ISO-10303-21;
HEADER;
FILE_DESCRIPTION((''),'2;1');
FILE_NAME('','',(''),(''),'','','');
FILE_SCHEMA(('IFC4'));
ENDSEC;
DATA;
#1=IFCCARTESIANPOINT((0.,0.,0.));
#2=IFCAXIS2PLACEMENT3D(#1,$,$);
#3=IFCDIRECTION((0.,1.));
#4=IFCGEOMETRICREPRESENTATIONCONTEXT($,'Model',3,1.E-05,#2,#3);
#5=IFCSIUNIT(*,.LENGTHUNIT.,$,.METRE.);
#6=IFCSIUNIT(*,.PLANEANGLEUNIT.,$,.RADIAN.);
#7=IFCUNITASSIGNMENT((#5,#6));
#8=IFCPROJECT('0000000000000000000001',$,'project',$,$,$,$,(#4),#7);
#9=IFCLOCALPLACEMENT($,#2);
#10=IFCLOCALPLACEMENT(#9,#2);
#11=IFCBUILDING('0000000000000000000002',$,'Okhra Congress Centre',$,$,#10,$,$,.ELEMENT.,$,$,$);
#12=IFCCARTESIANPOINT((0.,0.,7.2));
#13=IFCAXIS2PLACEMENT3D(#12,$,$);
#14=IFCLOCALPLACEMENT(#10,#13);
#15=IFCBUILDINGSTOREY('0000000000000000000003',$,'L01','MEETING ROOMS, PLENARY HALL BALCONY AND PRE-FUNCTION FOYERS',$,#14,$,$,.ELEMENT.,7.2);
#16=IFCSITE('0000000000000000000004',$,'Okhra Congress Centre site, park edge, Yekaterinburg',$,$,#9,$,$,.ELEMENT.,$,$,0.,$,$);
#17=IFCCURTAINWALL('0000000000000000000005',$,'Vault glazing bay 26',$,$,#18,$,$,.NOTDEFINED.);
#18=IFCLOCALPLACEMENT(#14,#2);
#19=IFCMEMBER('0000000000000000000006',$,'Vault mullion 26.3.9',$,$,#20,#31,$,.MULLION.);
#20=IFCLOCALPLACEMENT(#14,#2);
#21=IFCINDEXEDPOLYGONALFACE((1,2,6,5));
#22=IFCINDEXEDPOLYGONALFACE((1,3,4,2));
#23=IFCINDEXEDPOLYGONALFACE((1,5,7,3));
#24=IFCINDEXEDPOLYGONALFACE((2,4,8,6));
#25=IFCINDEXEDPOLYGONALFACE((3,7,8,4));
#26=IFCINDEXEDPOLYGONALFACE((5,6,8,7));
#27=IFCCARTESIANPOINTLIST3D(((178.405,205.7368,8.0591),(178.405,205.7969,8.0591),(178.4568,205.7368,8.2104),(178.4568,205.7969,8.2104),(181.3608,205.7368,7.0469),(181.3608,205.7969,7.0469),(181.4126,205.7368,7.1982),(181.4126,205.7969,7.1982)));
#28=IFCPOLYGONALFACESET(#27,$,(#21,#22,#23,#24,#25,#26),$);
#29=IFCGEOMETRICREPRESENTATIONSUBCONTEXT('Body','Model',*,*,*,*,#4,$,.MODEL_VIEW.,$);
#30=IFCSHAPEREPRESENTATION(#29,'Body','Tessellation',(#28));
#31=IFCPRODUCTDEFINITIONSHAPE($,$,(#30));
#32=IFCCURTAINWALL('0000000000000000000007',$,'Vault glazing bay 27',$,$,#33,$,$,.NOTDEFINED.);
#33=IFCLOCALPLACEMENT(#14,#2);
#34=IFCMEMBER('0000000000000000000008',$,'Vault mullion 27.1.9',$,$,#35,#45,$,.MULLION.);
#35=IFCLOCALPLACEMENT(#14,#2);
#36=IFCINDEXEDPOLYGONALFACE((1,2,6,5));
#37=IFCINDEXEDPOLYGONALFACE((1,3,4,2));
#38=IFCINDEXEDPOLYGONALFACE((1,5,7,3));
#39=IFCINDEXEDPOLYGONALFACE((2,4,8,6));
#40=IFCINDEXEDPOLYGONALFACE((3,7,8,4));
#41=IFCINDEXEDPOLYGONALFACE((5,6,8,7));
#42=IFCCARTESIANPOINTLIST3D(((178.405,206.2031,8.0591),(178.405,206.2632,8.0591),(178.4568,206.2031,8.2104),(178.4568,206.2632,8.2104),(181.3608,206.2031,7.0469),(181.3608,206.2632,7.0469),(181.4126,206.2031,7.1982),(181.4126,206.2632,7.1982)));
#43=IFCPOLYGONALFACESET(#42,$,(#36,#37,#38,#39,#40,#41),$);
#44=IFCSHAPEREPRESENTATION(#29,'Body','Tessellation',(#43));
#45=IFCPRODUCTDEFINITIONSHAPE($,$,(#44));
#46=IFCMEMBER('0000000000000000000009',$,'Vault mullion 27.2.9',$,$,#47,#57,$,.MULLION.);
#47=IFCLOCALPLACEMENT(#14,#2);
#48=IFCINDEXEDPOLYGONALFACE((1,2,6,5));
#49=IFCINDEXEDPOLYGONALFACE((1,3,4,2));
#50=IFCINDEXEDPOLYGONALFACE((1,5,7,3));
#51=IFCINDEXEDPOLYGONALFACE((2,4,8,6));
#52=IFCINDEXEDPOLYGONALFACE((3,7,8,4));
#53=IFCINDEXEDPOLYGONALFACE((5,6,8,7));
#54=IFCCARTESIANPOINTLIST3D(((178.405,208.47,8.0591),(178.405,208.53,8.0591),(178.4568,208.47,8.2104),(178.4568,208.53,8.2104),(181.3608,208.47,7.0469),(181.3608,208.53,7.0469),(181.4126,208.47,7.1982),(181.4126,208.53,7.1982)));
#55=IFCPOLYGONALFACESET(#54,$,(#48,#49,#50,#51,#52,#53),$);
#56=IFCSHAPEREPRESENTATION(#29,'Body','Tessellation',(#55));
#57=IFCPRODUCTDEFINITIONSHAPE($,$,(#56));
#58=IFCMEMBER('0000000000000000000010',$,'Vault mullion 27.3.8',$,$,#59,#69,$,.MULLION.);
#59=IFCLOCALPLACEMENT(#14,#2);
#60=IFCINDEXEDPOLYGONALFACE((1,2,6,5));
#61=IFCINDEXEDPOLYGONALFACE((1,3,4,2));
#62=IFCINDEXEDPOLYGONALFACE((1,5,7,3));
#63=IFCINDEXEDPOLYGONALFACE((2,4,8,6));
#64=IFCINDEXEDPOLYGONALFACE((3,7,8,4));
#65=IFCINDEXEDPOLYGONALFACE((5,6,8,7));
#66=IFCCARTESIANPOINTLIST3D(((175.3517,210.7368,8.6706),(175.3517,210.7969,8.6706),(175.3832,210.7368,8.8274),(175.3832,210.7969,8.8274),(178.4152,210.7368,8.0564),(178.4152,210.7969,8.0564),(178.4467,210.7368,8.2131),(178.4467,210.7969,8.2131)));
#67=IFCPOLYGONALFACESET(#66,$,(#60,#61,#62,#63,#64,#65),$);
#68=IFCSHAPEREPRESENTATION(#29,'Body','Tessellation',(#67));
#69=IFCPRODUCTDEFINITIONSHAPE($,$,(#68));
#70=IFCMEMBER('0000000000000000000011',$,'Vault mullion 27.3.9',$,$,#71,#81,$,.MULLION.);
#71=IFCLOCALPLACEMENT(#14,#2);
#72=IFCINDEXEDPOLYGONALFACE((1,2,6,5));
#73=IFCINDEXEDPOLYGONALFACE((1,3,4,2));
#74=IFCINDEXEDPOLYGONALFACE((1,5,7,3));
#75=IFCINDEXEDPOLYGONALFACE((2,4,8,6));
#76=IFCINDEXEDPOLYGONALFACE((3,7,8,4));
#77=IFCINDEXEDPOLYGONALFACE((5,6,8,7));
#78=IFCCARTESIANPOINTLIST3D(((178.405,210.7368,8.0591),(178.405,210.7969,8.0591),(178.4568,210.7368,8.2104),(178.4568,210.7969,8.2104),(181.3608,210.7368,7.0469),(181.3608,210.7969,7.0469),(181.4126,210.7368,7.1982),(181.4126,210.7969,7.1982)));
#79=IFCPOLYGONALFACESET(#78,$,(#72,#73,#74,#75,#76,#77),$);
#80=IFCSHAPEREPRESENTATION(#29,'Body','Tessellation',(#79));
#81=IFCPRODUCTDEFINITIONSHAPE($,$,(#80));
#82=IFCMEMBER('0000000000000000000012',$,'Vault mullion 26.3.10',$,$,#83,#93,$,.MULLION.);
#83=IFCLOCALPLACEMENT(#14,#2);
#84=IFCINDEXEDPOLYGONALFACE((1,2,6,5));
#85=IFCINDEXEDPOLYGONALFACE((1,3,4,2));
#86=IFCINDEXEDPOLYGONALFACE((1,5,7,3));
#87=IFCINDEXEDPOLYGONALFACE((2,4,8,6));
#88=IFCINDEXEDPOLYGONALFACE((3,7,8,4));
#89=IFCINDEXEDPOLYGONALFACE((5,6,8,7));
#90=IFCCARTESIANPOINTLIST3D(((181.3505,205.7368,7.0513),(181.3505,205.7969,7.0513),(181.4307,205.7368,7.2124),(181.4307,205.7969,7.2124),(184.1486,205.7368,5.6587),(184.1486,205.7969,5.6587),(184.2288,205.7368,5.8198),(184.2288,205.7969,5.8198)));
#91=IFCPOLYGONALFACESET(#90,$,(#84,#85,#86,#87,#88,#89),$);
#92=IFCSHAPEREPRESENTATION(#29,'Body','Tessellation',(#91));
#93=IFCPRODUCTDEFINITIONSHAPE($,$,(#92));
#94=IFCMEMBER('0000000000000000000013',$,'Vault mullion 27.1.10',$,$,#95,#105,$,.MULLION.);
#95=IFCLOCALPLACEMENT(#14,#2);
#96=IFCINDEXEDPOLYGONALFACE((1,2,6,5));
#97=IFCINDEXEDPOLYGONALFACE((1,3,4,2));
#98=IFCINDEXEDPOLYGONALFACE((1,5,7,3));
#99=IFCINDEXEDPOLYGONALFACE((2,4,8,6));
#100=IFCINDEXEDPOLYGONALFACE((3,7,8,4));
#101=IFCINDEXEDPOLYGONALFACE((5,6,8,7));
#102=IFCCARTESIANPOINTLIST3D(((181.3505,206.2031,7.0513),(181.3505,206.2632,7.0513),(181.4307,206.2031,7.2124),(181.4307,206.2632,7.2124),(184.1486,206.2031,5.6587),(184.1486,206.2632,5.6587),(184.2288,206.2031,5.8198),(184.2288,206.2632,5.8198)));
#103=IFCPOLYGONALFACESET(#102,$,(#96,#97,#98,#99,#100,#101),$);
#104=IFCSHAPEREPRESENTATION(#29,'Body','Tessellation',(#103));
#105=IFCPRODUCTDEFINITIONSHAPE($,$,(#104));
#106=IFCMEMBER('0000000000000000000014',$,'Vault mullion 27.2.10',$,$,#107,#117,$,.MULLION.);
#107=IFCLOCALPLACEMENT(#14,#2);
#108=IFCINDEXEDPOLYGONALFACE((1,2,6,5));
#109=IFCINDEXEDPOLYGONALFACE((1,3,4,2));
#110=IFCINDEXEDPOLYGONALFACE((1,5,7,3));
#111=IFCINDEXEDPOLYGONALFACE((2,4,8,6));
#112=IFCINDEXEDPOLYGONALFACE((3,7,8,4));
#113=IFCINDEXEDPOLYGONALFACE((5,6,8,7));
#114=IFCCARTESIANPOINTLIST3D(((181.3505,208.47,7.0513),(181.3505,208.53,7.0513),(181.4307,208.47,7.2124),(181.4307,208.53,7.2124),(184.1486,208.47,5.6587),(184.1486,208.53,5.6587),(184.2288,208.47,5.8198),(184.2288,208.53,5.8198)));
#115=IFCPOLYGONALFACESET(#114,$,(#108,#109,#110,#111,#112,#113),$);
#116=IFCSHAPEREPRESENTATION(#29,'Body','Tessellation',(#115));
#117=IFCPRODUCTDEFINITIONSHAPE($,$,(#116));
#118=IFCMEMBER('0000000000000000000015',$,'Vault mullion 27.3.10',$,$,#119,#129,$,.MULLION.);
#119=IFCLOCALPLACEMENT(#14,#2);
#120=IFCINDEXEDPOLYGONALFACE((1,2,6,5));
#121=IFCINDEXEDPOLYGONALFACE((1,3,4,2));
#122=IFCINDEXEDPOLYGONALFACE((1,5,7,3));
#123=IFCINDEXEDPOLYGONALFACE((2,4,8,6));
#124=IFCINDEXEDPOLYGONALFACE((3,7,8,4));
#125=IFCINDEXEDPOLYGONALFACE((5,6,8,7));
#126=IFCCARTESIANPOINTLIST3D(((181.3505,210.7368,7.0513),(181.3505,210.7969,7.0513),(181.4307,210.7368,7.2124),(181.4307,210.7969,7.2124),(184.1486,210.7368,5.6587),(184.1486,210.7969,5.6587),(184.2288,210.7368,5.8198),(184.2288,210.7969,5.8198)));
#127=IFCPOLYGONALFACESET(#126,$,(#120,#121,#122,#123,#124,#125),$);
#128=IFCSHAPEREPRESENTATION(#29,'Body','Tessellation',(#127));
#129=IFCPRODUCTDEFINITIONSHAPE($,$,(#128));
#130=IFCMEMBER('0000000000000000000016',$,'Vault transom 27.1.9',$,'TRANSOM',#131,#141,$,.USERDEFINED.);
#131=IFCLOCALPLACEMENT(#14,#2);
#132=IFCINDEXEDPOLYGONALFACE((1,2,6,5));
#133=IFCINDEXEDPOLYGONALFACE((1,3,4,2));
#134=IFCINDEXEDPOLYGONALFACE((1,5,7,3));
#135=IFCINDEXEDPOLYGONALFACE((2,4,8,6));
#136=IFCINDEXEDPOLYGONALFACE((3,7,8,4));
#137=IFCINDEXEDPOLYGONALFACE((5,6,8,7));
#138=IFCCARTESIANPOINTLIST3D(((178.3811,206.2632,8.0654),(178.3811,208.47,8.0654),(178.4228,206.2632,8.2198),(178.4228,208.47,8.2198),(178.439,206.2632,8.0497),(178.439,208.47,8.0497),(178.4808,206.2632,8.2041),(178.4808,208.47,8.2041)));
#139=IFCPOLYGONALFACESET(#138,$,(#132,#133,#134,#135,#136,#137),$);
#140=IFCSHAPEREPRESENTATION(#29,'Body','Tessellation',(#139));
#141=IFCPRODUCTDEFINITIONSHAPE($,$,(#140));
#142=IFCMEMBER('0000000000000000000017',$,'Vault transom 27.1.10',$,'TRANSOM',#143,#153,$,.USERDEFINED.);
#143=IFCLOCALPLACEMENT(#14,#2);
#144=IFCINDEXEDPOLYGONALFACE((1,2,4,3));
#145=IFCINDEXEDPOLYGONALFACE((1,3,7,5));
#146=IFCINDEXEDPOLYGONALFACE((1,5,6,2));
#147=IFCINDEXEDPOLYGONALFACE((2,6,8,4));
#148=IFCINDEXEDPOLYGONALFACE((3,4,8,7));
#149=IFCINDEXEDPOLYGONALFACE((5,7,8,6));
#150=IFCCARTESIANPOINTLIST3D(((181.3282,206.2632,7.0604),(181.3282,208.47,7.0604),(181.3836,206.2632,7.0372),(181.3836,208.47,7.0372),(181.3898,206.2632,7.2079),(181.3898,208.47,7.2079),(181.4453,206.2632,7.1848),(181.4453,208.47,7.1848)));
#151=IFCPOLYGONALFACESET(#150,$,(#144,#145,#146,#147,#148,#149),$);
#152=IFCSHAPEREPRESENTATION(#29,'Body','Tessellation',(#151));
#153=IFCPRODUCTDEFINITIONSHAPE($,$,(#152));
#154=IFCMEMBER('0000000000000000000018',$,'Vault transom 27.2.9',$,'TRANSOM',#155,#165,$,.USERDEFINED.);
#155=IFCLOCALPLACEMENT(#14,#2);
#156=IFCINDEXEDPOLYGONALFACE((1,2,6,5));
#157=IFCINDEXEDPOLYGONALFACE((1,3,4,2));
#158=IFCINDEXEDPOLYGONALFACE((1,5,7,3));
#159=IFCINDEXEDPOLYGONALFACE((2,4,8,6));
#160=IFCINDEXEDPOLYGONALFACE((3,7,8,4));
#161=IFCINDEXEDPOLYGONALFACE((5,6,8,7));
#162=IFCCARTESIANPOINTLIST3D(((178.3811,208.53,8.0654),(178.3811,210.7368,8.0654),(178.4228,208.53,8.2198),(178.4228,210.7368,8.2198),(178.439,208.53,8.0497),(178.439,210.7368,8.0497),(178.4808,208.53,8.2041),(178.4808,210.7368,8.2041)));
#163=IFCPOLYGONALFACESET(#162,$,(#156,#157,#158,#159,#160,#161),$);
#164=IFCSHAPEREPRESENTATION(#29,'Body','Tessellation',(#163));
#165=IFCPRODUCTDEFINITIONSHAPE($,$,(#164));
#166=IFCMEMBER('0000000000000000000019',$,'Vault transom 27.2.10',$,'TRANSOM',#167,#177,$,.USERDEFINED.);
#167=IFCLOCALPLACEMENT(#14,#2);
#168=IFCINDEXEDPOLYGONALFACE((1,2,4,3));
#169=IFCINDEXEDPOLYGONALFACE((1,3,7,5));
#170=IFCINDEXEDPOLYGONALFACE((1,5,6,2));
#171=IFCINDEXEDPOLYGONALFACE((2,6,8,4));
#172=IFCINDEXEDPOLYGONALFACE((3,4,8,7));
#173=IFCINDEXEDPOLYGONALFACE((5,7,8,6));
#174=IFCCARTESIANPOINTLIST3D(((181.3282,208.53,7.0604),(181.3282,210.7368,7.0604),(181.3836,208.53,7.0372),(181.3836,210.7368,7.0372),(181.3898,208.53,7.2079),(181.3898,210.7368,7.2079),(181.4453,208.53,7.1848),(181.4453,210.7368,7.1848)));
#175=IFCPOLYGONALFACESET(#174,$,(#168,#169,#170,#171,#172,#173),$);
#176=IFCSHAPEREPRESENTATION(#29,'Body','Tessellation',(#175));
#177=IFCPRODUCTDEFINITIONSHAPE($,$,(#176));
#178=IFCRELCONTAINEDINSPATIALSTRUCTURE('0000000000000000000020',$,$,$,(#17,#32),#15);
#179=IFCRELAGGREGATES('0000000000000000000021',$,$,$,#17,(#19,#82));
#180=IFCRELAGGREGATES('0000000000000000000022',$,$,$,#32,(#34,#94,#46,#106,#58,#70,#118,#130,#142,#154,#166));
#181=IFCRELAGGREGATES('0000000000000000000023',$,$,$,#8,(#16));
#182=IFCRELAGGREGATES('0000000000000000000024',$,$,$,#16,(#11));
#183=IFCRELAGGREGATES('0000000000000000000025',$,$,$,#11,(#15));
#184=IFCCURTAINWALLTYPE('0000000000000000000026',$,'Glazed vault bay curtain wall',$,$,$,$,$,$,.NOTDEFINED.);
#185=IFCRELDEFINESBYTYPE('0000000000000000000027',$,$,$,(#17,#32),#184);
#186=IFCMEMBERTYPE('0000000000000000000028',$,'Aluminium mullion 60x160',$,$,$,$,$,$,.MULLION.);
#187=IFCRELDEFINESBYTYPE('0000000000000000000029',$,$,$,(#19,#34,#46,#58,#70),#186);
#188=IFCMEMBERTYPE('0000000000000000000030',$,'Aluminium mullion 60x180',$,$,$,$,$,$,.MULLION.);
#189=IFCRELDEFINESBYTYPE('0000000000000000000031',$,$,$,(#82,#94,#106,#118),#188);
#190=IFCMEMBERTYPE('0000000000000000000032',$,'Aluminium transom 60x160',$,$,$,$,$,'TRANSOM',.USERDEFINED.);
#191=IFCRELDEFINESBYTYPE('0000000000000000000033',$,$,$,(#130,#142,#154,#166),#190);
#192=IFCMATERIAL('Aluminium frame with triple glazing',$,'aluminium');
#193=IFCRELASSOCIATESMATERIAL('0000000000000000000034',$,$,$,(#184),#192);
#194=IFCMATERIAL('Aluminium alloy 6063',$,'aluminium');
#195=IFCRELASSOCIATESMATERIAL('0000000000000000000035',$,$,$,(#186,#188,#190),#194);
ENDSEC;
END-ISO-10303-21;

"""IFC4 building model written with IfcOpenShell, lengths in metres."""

from ifc_helpers import new_model, si_unit, direction, frame, origin, origin_2d, place, context, subcontext, project, spatial, rectangle, extrude, material, material_profile, profile_set, type_object, element, aggregate, save


model = new_model("IFC4")

# Units and contexts
model_context = context("Model", 3, precision=1e-05, world=origin(), true_north=direction((0.0, 1.0)))
body_context = subcontext(model_context, "Body", "Model", "MODEL_VIEW")
ifc_project = project(units=[si_unit("LENGTHUNIT", "METRE"), si_unit("PLANEANGLEUNIT", "RADIAN")], contexts=[model_context])

# Site, building, storey
site_placement = place(None, origin())
site = spatial("IfcSite", under=ifc_project, at=site_placement, Name="Okhra Congress Centre site, park edge, Yekaterinburg", CompositionType="ELEMENT", RefElevation=0.0)
building_placement = place(site_placement, origin())
building = spatial("IfcBuilding", under=site, at=building_placement, Name="Okhra Congress Centre", CompositionType="ELEMENT")
storey_placement = place(building_placement, frame((0.0, 0.0, 7.2)))
storey = spatial("IfcBuildingStorey", under=building, at=storey_placement, Name="L01", Description="MEETING ROOMS, PLENARY HALL BALCONY AND PRE-FUNCTION FOYERS", CompositionType="ELEMENT", Elevation=7.2)

# Curtain wall, member
ifc_material_1 = material(Name="Aluminium frame with triple glazing", Category="aluminium")
curtain_wall_type = type_object("IfcCurtainWallType", Name="Glazed vault bay curtain wall", PredefinedType="NOTDEFINED", material=ifc_material_1)
curtain_wall_1_placement = place(storey_placement, origin())
curtain_wall_1 = element("IfcCurtainWall", 1, at=curtain_wall_1_placement, inside=storey, type_object=curtain_wall_type, Name="Vault glazing bay 26", PredefinedType="NOTDEFINED")
ifc_material_2 = material(Name="Aluminium alloy 6063", Category="aluminium")
ifc_material_profile_1 = material_profile(ifc_material_2, rectangle(XDim=0.0601, YDim=0.1599, at=origin_2d()), Name="AL 60x160")
ifc_profile_set_1 = profile_set([ifc_material_profile_1], Name="Aluminium alloy 6063")
member_type_1 = type_object("IfcMemberType", Name="Aluminium mullion 60x160", PredefinedType="MULLION", material=ifc_profile_set_1)
member_1_placement = place(storey_placement, frame((178.4309, 205.7668, 8.1348), z_axis=(0.946065, 0.0, -0.323977), x_axis=(0.0, 1.0, 0.0)))
member_1 = element("IfcMember", 2, at=member_1_placement, type_object=member_type_1, Name="Vault mullion 26.3.9", PredefinedType="MULLION", context=body_context, shape_type="SweptSolid", body=[
    extrude(rectangle(XDim=0.0601, YDim=0.1599, at=origin_2d()), origin(), (0.0, 0.0, 1.0), 3.1243),
])

# Curtain wall, members
curtain_wall_2_placement = place(storey_placement, origin())
curtain_wall_2 = element("IfcCurtainWall", 3, at=curtain_wall_2_placement, inside=storey, type_object=curtain_wall_type, Name="Vault glazing bay 27", PredefinedType="NOTDEFINED")
member_2_placement = place(storey_placement, frame((178.4309, 206.2332, 8.1348), z_axis=(0.946065, 0.0, -0.323977), x_axis=(0.0, 1.0, 0.0)))
member_2 = element("IfcMember", 4, at=member_2_placement, type_object=member_type_1, Name="Vault mullion 27.1.9", PredefinedType="MULLION", context=body_context, shape_type="SweptSolid", body=[
    extrude(rectangle(XDim=0.0601, YDim=0.1599, at=origin_2d()), origin(), (0.0, 0.0, 1.0), 3.1243),
])
member_3_placement = place(storey_placement, frame((178.4309, 208.5, 8.1348), z_axis=(0.946065, 0.0, -0.323977), x_axis=(0.0, 1.0, 0.0)))
member_3 = element("IfcMember", 5, at=member_3_placement, type_object=member_type_1, Name="Vault mullion 27.2.9", PredefinedType="MULLION", context=body_context, shape_type="SweptSolid", body=[
    extrude(rectangle(XDim=0.0601, YDim=0.1599, at=origin_2d()), origin(), (0.0, 0.0, 1.0), 3.1243),
])
member_4_placement = place(storey_placement, frame((175.3674, 210.7668, 8.749), z_axis=(0.980484, 0.0, -0.196597), x_axis=(0.0, 1.0, 0.0)))
member_4 = element("IfcMember", 6, at=member_4_placement, type_object=member_type_1, Name="Vault mullion 27.3.8", PredefinedType="MULLION", context=body_context, shape_type="SweptSolid", body=[
    extrude(rectangle(XDim=0.0601, YDim=0.1599, at=origin_2d()), origin(), (0.0, 0.0, 1.0), 3.1245),
])
member_5_placement = place(storey_placement, frame((178.4309, 210.7668, 8.1348), z_axis=(0.946065, 0.0, -0.323977), x_axis=(0.0, 1.0, 0.0)))
member_5 = element("IfcMember", 7, at=member_5_placement, type_object=member_type_1, Name="Vault mullion 27.3.9", PredefinedType="MULLION", context=body_context, shape_type="SweptSolid", body=[
    extrude(rectangle(XDim=0.0601, YDim=0.1599, at=origin_2d()), origin(), (0.0, 0.0, 1.0), 3.1243),
])

# Members
ifc_material_profile_2 = material_profile(ifc_material_2, rectangle(XDim=0.0601, YDim=0.1799, at=origin_2d()), Name="AL 60x180")
ifc_profile_set_2 = profile_set([ifc_material_profile_2], Name="Aluminium alloy 6063")
member_type_2 = type_object("IfcMemberType", Name="Aluminium mullion 60x180", PredefinedType="MULLION", material=ifc_profile_set_2)
member_6_placement = place(storey_placement, frame((181.3906, 205.7668, 7.1318), z_axis=(0.895254, 0.0, -0.445557), x_axis=(0.0, 1.0, 0.0)))
member_6 = element("IfcMember", 8, at=member_6_placement, type_object=member_type_2, Name="Vault mullion 26.3.10", PredefinedType="MULLION", context=body_context, shape_type="SweptSolid", body=[
    extrude(rectangle(XDim=0.0601, YDim=0.1799, at=origin_2d()), origin(), (0.0, 0.0, 1.0), 3.1255),
])
aggregate(curtain_wall_1, [member_1, member_6])
member_7_placement = place(storey_placement, frame((181.3906, 206.2332, 7.1318), z_axis=(0.895254, 0.0, -0.445557), x_axis=(0.0, 1.0, 0.0)))
member_7 = element("IfcMember", 9, at=member_7_placement, type_object=member_type_2, Name="Vault mullion 27.1.10", PredefinedType="MULLION", context=body_context, shape_type="SweptSolid", body=[
    extrude(rectangle(XDim=0.0601, YDim=0.1799, at=origin_2d()), origin(), (0.0, 0.0, 1.0), 3.1255),
])
member_8_placement = place(storey_placement, frame((181.3906, 208.5, 7.1318), z_axis=(0.895254, 0.0, -0.445557), x_axis=(0.0, 1.0, 0.0)))
member_8 = element("IfcMember", 10, at=member_8_placement, type_object=member_type_2, Name="Vault mullion 27.2.10", PredefinedType="MULLION", context=body_context, shape_type="SweptSolid", body=[
    extrude(rectangle(XDim=0.0601, YDim=0.1799, at=origin_2d()), origin(), (0.0, 0.0, 1.0), 3.1255),
])
member_9_placement = place(storey_placement, frame((181.3906, 210.7668, 7.1318), z_axis=(0.895254, 0.0, -0.445557), x_axis=(0.0, 1.0, 0.0)))
member_9 = element("IfcMember", 11, at=member_9_placement, type_object=member_type_2, Name="Vault mullion 27.3.10", PredefinedType="MULLION", context=body_context, shape_type="SweptSolid", body=[
    extrude(rectangle(XDim=0.0601, YDim=0.1799, at=origin_2d()), origin(), (0.0, 0.0, 1.0), 3.1255),
])
ifc_material_profile_3 = material_profile(ifc_material_2, rectangle(XDim=0.0601, YDim=0.1599, at=origin_2d()), Name="AL 60x160 transom")
ifc_profile_set_3 = profile_set([ifc_material_profile_3], Name="Aluminium alloy 6063")
member_type_3 = type_object("IfcMemberType", Name="Aluminium transom 60x160", ElementType="TRANSOM", PredefinedType="USERDEFINED", material=ifc_profile_set_3)
member_10_placement = place(storey_placement, frame((178.4309, 206.2632, 8.1348), z_axis=(0.0, 1.0, 0.0), x_axis=(-0.96538, 0.0, 0.260848)))
member_10 = element("IfcMember", 12, at=member_10_placement, type_object=member_type_3, Name="Vault transom 27.1.9", ObjectType="TRANSOM", PredefinedType="USERDEFINED", context=body_context, shape_type="SweptSolid", body=[
    extrude(rectangle(XDim=0.0601, YDim=0.1599, at=origin_2d()), origin(), (0.0, 0.0, 1.0), 2.2068),
])
member_11_placement = place(storey_placement, frame((181.3867, 206.2632, 7.1226), z_axis=(0.0, 1.0, 0.0), x_axis=(-0.922669, 0.0, 0.385593)))
member_11 = element("IfcMember", 13, at=member_11_placement, type_object=member_type_3, Name="Vault transom 27.1.10", ObjectType="TRANSOM", PredefinedType="USERDEFINED", context=body_context, shape_type="SweptSolid", body=[
    extrude(rectangle(XDim=0.0601, YDim=0.1599, at=origin_2d()), origin(), (0.0, 0.0, 1.0), 2.2068),
])
member_12_placement = place(storey_placement, frame((178.4309, 208.53, 8.1348), z_axis=(0.0, 1.0, 0.0), x_axis=(-0.96538, 0.0, 0.260848)))
member_12 = element("IfcMember", 14, at=member_12_placement, type_object=member_type_3, Name="Vault transom 27.2.9", ObjectType="TRANSOM", PredefinedType="USERDEFINED", context=body_context, shape_type="SweptSolid", body=[
    extrude(rectangle(XDim=0.0601, YDim=0.1599, at=origin_2d()), origin(), (0.0, 0.0, 1.0), 2.2068),
])
member_13_placement = place(storey_placement, frame((181.3867, 208.53, 7.1226), z_axis=(0.0, 1.0, 0.0), x_axis=(-0.922669, 0.0, 0.385593)))
member_13 = element("IfcMember", 15, at=member_13_placement, type_object=member_type_3, Name="Vault transom 27.2.10", ObjectType="TRANSOM", PredefinedType="USERDEFINED", context=body_context, shape_type="SweptSolid", body=[
    extrude(rectangle(XDim=0.0601, YDim=0.1599, at=origin_2d()), origin(), (0.0, 0.0, 1.0), 2.2068),
])

aggregate(curtain_wall_2, [member_2, member_7, member_3, member_8, member_4, member_5, member_9, member_10, member_11, member_12, member_13])

save(model, "model.ifc")
